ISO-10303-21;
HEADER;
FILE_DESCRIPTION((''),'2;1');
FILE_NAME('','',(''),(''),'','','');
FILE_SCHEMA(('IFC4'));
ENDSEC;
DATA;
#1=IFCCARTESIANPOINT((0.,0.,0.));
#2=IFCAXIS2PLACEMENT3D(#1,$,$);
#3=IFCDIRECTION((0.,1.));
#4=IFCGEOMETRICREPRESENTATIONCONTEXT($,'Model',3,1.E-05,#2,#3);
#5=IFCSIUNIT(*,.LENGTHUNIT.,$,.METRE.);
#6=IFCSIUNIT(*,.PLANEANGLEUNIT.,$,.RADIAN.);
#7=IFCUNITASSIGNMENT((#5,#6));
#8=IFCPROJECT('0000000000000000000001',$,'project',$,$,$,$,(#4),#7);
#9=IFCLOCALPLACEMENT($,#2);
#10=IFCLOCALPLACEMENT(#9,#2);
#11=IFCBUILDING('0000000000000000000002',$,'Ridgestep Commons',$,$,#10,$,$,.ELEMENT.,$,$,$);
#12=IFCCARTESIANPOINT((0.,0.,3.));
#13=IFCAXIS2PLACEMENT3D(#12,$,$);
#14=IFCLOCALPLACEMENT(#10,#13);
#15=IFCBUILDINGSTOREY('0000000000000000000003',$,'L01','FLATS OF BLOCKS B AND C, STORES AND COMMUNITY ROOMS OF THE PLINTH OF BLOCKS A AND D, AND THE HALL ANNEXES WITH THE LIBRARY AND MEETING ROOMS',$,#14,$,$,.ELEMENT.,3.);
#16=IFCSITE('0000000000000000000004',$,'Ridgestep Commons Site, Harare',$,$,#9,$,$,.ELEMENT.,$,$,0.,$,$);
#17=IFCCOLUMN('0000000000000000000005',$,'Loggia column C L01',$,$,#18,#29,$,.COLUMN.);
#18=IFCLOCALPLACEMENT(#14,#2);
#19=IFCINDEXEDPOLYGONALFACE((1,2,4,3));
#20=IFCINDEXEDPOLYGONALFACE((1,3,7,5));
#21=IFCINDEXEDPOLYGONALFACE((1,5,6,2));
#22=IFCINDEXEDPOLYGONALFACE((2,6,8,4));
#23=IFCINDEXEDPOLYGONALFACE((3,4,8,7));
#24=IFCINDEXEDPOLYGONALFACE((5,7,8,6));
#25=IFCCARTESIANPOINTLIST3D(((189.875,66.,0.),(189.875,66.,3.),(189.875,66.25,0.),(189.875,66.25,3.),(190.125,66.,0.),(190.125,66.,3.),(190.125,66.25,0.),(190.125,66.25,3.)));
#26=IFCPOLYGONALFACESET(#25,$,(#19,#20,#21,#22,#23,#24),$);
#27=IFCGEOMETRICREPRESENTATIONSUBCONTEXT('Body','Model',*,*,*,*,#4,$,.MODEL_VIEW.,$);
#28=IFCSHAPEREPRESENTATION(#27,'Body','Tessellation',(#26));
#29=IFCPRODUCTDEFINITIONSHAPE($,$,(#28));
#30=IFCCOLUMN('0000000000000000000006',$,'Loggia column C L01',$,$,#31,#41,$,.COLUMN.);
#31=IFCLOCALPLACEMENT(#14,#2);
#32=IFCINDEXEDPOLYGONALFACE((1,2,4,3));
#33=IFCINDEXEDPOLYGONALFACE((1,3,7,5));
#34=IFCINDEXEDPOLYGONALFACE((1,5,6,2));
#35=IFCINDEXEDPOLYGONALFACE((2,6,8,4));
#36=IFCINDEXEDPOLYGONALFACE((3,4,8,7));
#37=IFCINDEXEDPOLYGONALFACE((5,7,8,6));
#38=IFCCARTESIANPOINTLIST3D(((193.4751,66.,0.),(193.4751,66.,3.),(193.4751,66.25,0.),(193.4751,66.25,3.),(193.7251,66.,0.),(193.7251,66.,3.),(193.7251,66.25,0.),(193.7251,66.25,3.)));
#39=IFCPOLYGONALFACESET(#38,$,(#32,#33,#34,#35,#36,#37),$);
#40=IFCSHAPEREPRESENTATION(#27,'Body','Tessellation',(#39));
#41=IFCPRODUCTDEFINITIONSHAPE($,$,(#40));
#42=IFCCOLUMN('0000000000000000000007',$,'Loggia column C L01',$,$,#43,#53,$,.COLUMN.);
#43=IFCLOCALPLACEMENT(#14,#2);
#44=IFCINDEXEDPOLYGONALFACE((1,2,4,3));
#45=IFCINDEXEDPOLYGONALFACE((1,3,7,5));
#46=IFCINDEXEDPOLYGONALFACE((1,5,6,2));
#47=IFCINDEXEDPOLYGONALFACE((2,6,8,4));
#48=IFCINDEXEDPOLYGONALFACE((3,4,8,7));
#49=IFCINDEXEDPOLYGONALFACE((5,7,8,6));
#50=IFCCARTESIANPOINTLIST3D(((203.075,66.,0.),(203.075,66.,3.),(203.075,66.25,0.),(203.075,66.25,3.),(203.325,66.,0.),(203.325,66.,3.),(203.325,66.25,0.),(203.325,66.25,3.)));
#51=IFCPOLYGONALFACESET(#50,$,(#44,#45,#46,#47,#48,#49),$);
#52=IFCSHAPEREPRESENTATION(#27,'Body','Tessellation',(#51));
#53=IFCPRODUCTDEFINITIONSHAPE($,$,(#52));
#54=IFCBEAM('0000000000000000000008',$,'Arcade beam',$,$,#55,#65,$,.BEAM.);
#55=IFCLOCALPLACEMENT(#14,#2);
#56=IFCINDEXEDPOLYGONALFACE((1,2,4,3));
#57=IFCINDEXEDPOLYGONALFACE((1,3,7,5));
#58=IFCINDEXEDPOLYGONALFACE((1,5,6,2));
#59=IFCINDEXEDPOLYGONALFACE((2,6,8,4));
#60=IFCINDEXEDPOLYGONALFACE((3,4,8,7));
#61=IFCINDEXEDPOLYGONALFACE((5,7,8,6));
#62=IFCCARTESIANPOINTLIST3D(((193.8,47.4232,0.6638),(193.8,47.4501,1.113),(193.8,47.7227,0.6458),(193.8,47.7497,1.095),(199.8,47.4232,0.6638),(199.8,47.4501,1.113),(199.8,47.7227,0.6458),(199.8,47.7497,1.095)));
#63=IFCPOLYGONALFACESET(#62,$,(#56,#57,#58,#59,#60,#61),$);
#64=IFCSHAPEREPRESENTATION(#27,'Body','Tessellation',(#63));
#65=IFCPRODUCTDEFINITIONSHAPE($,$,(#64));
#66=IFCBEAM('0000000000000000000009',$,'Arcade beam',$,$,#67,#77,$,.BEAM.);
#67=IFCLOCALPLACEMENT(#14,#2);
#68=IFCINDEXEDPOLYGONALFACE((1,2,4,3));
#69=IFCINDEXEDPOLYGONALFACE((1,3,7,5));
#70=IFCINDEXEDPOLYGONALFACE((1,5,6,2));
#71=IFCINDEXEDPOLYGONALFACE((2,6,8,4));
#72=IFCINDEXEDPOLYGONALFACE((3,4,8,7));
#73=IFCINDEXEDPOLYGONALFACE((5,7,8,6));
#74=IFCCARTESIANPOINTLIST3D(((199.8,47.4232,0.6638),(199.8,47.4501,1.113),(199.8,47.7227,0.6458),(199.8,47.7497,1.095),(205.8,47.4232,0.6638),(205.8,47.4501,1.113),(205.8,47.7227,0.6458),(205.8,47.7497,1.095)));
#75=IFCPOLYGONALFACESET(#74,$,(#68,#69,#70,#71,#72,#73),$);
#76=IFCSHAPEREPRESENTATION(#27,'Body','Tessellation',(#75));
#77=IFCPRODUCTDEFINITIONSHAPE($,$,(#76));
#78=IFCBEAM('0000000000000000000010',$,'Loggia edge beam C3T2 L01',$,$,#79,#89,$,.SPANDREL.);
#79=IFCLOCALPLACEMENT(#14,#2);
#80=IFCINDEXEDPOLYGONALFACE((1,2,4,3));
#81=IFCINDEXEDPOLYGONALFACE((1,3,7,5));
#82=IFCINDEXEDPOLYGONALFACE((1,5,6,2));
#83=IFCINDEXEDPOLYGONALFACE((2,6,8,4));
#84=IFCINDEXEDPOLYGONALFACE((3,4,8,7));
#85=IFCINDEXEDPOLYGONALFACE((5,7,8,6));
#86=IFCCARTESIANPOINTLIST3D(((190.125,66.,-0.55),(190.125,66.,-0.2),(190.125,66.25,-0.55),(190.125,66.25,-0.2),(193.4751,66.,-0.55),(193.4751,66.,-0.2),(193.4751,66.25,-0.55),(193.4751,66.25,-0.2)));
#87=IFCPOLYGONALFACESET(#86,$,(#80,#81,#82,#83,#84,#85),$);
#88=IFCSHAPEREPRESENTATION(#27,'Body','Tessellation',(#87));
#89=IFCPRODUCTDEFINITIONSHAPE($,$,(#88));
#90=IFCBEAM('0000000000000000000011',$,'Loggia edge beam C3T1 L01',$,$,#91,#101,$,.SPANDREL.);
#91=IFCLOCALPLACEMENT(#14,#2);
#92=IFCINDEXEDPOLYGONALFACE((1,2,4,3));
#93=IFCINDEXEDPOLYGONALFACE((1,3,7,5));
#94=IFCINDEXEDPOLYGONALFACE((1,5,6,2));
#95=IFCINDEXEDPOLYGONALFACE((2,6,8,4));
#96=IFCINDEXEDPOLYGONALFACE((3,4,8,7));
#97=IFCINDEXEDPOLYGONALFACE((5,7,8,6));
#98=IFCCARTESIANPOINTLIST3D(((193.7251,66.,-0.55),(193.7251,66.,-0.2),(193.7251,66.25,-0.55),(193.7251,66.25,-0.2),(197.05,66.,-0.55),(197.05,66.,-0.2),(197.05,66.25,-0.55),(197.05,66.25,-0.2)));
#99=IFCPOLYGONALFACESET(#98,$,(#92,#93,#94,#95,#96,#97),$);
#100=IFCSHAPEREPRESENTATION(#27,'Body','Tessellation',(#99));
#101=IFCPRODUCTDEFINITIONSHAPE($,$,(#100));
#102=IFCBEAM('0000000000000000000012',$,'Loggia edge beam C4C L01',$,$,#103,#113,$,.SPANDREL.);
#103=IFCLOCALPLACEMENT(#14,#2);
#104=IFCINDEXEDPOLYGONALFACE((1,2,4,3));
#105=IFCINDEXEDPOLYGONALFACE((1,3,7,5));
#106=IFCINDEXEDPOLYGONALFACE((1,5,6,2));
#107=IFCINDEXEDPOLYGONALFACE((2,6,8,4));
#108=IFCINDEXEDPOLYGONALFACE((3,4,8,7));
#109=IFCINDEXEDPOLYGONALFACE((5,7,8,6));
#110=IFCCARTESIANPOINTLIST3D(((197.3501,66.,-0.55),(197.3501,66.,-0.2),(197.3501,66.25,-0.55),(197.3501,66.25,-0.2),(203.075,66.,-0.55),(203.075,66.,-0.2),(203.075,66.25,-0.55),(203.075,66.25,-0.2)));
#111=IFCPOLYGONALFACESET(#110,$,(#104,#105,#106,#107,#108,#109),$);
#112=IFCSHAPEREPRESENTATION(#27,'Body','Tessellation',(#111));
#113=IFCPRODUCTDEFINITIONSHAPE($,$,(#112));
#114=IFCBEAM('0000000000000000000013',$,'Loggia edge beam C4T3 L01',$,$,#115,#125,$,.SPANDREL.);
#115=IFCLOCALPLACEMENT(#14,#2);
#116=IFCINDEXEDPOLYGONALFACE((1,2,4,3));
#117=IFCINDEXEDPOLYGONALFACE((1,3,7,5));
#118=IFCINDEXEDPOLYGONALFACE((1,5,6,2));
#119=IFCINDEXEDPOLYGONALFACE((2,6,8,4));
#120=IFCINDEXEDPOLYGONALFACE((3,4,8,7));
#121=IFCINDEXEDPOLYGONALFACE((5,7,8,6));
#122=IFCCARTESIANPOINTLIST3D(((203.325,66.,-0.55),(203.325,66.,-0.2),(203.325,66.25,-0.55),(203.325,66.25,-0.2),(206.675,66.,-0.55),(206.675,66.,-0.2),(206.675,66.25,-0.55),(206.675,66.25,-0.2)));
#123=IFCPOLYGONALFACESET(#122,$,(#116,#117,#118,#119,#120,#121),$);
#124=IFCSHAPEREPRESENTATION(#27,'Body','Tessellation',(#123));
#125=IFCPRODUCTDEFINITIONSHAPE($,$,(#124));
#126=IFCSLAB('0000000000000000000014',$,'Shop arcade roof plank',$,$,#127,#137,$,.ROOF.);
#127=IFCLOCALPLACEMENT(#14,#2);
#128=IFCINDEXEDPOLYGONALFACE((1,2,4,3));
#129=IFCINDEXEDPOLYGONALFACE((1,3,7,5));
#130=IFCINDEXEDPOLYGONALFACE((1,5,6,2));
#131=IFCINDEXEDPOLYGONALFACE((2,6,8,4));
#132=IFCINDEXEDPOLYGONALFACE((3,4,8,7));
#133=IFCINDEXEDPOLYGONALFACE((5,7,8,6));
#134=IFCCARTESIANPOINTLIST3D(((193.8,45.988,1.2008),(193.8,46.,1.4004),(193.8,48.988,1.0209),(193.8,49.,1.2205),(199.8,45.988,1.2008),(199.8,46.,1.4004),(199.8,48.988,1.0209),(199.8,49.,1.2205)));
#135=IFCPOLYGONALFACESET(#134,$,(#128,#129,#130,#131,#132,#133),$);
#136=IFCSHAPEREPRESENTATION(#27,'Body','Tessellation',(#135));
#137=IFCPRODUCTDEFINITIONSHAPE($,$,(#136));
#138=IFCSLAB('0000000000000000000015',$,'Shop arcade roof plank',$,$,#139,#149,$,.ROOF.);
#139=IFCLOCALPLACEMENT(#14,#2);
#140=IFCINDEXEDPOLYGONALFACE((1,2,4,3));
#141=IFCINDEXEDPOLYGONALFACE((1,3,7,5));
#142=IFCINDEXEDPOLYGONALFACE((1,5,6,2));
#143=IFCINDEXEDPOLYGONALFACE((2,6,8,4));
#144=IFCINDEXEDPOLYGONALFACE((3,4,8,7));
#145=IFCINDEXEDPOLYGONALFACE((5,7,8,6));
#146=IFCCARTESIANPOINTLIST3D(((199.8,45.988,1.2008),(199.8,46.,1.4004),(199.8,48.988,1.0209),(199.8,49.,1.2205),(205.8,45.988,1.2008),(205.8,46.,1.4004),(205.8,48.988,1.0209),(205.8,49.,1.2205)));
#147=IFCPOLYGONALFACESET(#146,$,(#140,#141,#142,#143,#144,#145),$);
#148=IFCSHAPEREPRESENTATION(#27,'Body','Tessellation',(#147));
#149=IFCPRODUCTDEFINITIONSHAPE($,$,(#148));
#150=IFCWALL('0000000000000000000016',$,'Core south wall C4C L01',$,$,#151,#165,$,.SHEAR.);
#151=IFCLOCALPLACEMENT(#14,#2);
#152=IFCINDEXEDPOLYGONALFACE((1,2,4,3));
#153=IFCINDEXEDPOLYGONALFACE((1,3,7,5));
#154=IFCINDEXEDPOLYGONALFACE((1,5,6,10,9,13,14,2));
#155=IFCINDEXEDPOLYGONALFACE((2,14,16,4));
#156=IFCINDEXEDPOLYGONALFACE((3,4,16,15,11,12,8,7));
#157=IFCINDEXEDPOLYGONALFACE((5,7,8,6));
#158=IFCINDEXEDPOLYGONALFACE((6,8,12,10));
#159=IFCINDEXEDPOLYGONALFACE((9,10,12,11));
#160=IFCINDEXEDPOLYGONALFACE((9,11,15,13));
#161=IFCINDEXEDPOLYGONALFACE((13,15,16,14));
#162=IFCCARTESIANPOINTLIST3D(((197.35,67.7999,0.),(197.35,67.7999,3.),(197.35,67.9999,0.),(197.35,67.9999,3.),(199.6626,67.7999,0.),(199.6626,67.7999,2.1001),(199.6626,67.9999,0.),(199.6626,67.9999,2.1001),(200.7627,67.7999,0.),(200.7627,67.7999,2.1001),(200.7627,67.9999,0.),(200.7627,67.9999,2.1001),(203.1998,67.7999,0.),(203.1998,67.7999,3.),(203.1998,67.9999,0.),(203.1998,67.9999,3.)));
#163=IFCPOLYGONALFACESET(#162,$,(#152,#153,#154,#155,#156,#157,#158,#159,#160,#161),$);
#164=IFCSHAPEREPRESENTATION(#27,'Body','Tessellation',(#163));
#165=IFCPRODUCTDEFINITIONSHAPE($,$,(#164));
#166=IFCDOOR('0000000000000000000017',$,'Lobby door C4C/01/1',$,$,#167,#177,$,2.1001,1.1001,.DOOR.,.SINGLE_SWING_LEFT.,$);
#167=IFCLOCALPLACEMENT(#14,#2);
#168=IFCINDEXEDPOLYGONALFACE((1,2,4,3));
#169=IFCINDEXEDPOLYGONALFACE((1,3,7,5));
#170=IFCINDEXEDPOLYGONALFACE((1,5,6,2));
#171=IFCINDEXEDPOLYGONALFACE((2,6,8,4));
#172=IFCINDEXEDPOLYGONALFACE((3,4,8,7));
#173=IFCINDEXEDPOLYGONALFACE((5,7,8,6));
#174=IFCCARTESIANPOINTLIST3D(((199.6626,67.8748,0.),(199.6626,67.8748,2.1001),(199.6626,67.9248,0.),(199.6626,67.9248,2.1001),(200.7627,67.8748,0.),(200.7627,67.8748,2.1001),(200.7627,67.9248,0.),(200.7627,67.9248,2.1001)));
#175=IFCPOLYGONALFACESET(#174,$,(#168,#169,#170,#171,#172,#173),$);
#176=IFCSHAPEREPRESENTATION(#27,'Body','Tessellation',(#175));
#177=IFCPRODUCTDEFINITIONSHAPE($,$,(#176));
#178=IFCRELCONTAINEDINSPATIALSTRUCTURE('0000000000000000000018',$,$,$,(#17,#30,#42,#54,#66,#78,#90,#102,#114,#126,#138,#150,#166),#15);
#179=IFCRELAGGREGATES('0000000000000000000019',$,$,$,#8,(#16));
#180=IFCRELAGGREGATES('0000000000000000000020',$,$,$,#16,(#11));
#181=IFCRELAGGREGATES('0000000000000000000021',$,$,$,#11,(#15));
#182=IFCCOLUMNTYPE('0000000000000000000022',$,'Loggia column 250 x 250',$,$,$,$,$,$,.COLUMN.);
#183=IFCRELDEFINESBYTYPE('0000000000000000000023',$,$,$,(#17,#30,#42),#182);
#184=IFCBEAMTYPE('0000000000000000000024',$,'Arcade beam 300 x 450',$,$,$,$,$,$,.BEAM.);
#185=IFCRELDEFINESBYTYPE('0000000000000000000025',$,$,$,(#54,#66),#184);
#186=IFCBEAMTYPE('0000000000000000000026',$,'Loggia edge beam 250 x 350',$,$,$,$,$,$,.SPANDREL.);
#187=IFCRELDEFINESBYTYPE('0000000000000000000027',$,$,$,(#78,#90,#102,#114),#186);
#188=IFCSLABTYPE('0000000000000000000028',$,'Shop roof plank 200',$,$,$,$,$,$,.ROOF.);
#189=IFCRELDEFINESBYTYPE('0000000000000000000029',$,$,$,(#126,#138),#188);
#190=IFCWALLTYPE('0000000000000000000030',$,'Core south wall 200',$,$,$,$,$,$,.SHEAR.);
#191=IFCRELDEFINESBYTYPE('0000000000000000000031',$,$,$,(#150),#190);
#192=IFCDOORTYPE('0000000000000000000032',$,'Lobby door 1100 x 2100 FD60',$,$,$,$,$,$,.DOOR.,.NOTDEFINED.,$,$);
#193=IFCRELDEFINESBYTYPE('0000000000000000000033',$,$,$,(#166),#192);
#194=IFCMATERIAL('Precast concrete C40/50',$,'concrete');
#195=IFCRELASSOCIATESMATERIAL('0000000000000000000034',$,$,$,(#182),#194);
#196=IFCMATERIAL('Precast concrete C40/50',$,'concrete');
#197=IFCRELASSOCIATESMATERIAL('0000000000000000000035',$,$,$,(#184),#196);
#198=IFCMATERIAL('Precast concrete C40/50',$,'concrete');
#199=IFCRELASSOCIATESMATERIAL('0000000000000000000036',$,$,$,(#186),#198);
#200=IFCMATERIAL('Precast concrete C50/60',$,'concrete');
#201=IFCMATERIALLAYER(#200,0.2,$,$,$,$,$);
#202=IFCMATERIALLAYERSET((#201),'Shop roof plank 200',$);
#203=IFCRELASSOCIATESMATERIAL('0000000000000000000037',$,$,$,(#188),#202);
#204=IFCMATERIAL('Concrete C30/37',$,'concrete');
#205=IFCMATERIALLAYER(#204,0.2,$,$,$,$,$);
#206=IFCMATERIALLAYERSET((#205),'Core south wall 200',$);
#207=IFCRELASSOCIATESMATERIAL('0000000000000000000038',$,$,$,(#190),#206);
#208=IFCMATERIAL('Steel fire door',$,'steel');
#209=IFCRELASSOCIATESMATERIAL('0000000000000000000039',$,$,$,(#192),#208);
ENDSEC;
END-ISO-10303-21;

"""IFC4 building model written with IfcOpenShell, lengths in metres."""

from ifc_helpers import new_model, si_unit, direction, frame, frame_2d, origin, origin_2d, place, context, subcontext, project, spatial, polyline, rectangle, outline, extrude, material, layer, layer_set, material_profile, profile_set, type_object, element, fill, save


model = new_model("IFC4")

# Units and contexts
model_context = context("Model", 3, precision=1e-05, world=origin(), true_north=direction((0.0, 1.0)))
body_context = subcontext(model_context, "Body", "Model", "MODEL_VIEW")
ifc_project = project(units=[si_unit("LENGTHUNIT", "METRE"), si_unit("PLANEANGLEUNIT", "RADIAN")], contexts=[model_context])

# Site, building, storey
site_placement = place(None, origin())
site = spatial("IfcSite", under=ifc_project, at=site_placement, Name="Ridgestep Commons Site, Harare", CompositionType="ELEMENT", RefElevation=0.0)
building_placement = place(site_placement, origin())
building = spatial("IfcBuilding", under=site, at=building_placement, Name="Ridgestep Commons", CompositionType="ELEMENT")
storey_placement = place(building_placement, frame((0.0, 0.0, 3.0)))
storey = spatial("IfcBuildingStorey", under=building, at=storey_placement, Name="L01", Description="FLATS OF BLOCKS B AND C, STORES AND COMMUNITY ROOMS OF THE PLINTH OF BLOCKS A AND D, AND THE HALL ANNEXES WITH THE LIBRARY AND MEETING ROOMS", CompositionType="ELEMENT", Elevation=3.0)

# Columns
ifc_material_1 = material(Name="Precast concrete C40/50", Category="concrete")
ifc_material_profile_1 = material_profile(ifc_material_1, rectangle(XDim=0.25, YDim=0.25, at=origin_2d()), Name="PC 250x250")
ifc_profile_set_1 = profile_set([ifc_material_profile_1], Name="Precast concrete C40/50")
column_type = type_object("IfcColumnType", Name="Loggia column 250 x 250", PredefinedType="COLUMN", material=ifc_profile_set_1)
for number, where, z_axis, x_axis, name in (
    (1, (190.0, 66.125, 0.0), (0.0, 0.0, 1.0), (1.0, 0.0, 0.0), "Loggia column C L01"),
    (2, (193.6001, 66.125, 0.0), (0.0, 0.0, 1.0), (1.0, 0.0, 0.0), "Loggia column C L01"),
    (3, (203.2, 66.125, 0.0), (0.0, 0.0, 1.0), (1.0, 0.0, 0.0), "Loggia column C L01"),
):
    element("IfcColumn", number, at=place(storey_placement, frame(where, z_axis=z_axis, x_axis=x_axis)), inside=storey, type_object=column_type, Name=name, PredefinedType="COLUMN", context=body_context, shape_type="SweptSolid", body=[
        extrude(rectangle(XDim=0.25, YDim=0.25, at=origin_2d()), origin(), (0.0, 0.0, 1.0), 3.0),
    ])

# Beams
ifc_material_2 = material(Name="Precast concrete C40/50", Category="concrete")
ifc_material_profile_2 = material_profile(ifc_material_2, rectangle(XDim=0.3, YDim=0.45, at=origin_2d()), Name="Arcade beam 300 x 450")
ifc_profile_set_2 = profile_set([ifc_material_profile_2], Name="Precast concrete C40/50")
beam_type_1 = type_object("IfcBeamType", Name="Arcade beam 300 x 450", PredefinedType="BEAM", material=ifc_profile_set_2)
for number, where, z_axis, x_axis, name in (
    (4, (193.8, 47.5864, 0.8794), (1.0, 0.0, 0.0), (0.0, 0.998205, -0.059892), "Arcade beam"),
    (5, (199.8, 47.5864, 0.8794), (1.0, 0.0, 0.0), (0.0, 0.998205, -0.059892), "Arcade beam"),
):
    element("IfcBeam", number, at=place(storey_placement, frame(where, z_axis=z_axis, x_axis=x_axis)), inside=storey, type_object=beam_type_1, Name=name, PredefinedType="BEAM", context=body_context, shape_type="SweptSolid", body=[
        extrude(rectangle(XDim=0.3, YDim=0.45, at=origin_2d()), origin(), (0.0, 0.0, 1.0), 6.0),
    ])
ifc_material_3 = material(Name="Precast concrete C40/50", Category="concrete")
ifc_material_profile_3 = material_profile(ifc_material_3, rectangle(XDim=0.25, YDim=0.3501, at=origin_2d()), Name="PC 250x350")
ifc_profile_set_3 = profile_set([ifc_material_profile_3], Name="Precast concrete C40/50")
beam_type_2 = type_object("IfcBeamType", Name="Loggia edge beam 250 x 350", PredefinedType="SPANDREL", material=ifc_profile_set_3)
beam_1_placement = place(storey_placement, frame((190.125, 66.125, -0.375), z_axis=(1.0, 0.0, 0.0), x_axis=(0.0, 1.0, 0.0)))
element("IfcBeam", 6, at=beam_1_placement, inside=storey, type_object=beam_type_2, Name="Loggia edge beam C3T2 L01", PredefinedType="SPANDREL", context=body_context, shape_type="SweptSolid", body=[
    extrude(rectangle(XDim=0.25, YDim=0.3501, at=origin_2d()), origin(), (0.0, 0.0, 1.0), 3.3501),
])
beam_2_placement = place(storey_placement, frame((193.7251, 66.125, -0.375), z_axis=(1.0, 0.0, 0.0), x_axis=(0.0, 1.0, 0.0)))
element("IfcBeam", 7, at=beam_2_placement, inside=storey, type_object=beam_type_2, Name="Loggia edge beam C3T1 L01", PredefinedType="SPANDREL", context=body_context, shape_type="SweptSolid", body=[
    extrude(rectangle(XDim=0.25, YDim=0.3501, at=origin_2d()), origin(), (0.0, 0.0, 1.0), 3.325),
])
beam_3_placement = place(storey_placement, frame((197.3501, 66.125, -0.375), z_axis=(1.0, 0.0, 0.0), x_axis=(0.0, 1.0, 0.0)))
element("IfcBeam", 8, at=beam_3_placement, inside=storey, type_object=beam_type_2, Name="Loggia edge beam C4C L01", PredefinedType="SPANDREL", context=body_context, shape_type="SweptSolid", body=[
    extrude(rectangle(XDim=0.25, YDim=0.3501, at=origin_2d()), origin(), (0.0, 0.0, 1.0), 5.7249),
])
beam_4_placement = place(storey_placement, frame((203.325, 66.125, -0.375), z_axis=(1.0, 0.0, 0.0), x_axis=(0.0, 1.0, 0.0)))
element("IfcBeam", 9, at=beam_4_placement, inside=storey, type_object=beam_type_2, Name="Loggia edge beam C4T3 L01", PredefinedType="SPANDREL", context=body_context, shape_type="SweptSolid", body=[
    extrude(rectangle(XDim=0.25, YDim=0.3501, at=origin_2d()), origin(), (0.0, 0.0, 1.0), 3.3501),
])

# Slabs
ifc_material_4 = material(Name="Precast concrete C50/60", Category="concrete")
ifc_layer_1 = layer(ifc_material_4, 0.2)
ifc_layer_set_1 = layer_set([ifc_layer_1], Name="Shop roof plank 200")
slab_type = type_object("IfcSlabType", Name="Shop roof plank 200", PredefinedType="ROOF", material=ifc_layer_set_1)
for number, where, z_axis, x_axis, name in (
    (10, (193.8, 46.0, 1.4004), (0.0, 0.05987, 0.998206), (1.0, 0.0, 0.0), "Shop arcade roof plank"),
    (11, (199.8, 46.0, 1.4004), (0.0, 0.05987, 0.998206), (1.0, 0.0, 0.0), "Shop arcade roof plank"),
):
    element("IfcSlab", number, at=place(storey_placement, frame(where, z_axis=z_axis, x_axis=x_axis)), inside=storey, type_object=slab_type, Name=name, PredefinedType="ROOF", context=body_context, shape_type="SweptSolid", body=[
        extrude(outline(polyline([(0.0, 0.0), (6.0, 0.0), (6.0, 3.0054), (0.0, 3.0054), (0.0, 0.0)])), origin(), (0.0, 0.0, -1.0), 0.2),
    ])

# Wall, opening, door
ifc_material_5 = material(Name="Concrete C30/37", Category="concrete")
ifc_layer_2 = layer(ifc_material_5, 0.2)
ifc_layer_set_2 = layer_set([ifc_layer_2], Name="Core south wall 200")
wall_type_1 = type_object("IfcWallType", Name="Core south wall 200", PredefinedType="SHEAR", material=ifc_layer_set_2)
wall_1_placement = place(storey_placement, frame((197.3501, 67.8999, 0.0), z_axis=(0.0, 0.0, 1.0), x_axis=(1.0, 0.0, 0.0)))
wall_1 = element("IfcWall", 12, at=wall_1_placement, inside=storey, type_object=wall_type_1, Name="Core south wall C4C L01", PredefinedType="SHEAR", context=body_context, shape_type="SweptSolid", body=[
    extrude(rectangle(XDim=5.8499, YDim=0.2, at=frame_2d((2.9248, 0.0))), origin(), (0.0, 0.0, 1.0), 3.0),
])
opening_1_placement = place(wall_1_placement, frame((2.3125, 0.0, 0.0)))
opening_1 = element("IfcOpeningElement", 13, at=opening_1_placement, cuts=wall_1, PredefinedType="OPENING", context=body_context, shape_type="SweptSolid", body=[
    extrude(rectangle(XDim=1.1001, YDim=2.1001, at=frame_2d((0.55, 1.05))), frame((0.0, 0.1099, 0.0), z_axis=(0.0, -1.0, 0.0), x_axis=(1.0, 0.0, 0.0)), (0.0, 0.0, 1.0), 0.22),
])
ifc_material_6 = material(Name="Steel fire door", Category="steel")
door_type_1 = type_object("IfcDoorType", Name="Lobby door 1100 x 2100 FD60", OperationType="NOTDEFINED", PredefinedType="DOOR", material=ifc_material_6)
door_1_placement = place(opening_1_placement, origin())
door_1 = element("IfcDoor", 14, at=door_1_placement, inside=storey, type_object=door_type_1, Name="Lobby door C4C/01/1", OperationType="SINGLE_SWING_LEFT", OverallHeight=2.1001, OverallWidth=1.1001, PredefinedType="DOOR", context=body_context, shape_type="SweptSolid", body=[
    extrude(rectangle(XDim=1.1001, YDim=2.1001, at=frame_2d((0.55, 1.05))), frame((0.0, 0.0249, 0.0), z_axis=(0.0, -1.0, 0.0), x_axis=(1.0, 0.0, 0.0)), (0.0, 0.0, 1.0), 0.05),
])
fill(opening_1, door_1)

save(model, "model.ifc")
